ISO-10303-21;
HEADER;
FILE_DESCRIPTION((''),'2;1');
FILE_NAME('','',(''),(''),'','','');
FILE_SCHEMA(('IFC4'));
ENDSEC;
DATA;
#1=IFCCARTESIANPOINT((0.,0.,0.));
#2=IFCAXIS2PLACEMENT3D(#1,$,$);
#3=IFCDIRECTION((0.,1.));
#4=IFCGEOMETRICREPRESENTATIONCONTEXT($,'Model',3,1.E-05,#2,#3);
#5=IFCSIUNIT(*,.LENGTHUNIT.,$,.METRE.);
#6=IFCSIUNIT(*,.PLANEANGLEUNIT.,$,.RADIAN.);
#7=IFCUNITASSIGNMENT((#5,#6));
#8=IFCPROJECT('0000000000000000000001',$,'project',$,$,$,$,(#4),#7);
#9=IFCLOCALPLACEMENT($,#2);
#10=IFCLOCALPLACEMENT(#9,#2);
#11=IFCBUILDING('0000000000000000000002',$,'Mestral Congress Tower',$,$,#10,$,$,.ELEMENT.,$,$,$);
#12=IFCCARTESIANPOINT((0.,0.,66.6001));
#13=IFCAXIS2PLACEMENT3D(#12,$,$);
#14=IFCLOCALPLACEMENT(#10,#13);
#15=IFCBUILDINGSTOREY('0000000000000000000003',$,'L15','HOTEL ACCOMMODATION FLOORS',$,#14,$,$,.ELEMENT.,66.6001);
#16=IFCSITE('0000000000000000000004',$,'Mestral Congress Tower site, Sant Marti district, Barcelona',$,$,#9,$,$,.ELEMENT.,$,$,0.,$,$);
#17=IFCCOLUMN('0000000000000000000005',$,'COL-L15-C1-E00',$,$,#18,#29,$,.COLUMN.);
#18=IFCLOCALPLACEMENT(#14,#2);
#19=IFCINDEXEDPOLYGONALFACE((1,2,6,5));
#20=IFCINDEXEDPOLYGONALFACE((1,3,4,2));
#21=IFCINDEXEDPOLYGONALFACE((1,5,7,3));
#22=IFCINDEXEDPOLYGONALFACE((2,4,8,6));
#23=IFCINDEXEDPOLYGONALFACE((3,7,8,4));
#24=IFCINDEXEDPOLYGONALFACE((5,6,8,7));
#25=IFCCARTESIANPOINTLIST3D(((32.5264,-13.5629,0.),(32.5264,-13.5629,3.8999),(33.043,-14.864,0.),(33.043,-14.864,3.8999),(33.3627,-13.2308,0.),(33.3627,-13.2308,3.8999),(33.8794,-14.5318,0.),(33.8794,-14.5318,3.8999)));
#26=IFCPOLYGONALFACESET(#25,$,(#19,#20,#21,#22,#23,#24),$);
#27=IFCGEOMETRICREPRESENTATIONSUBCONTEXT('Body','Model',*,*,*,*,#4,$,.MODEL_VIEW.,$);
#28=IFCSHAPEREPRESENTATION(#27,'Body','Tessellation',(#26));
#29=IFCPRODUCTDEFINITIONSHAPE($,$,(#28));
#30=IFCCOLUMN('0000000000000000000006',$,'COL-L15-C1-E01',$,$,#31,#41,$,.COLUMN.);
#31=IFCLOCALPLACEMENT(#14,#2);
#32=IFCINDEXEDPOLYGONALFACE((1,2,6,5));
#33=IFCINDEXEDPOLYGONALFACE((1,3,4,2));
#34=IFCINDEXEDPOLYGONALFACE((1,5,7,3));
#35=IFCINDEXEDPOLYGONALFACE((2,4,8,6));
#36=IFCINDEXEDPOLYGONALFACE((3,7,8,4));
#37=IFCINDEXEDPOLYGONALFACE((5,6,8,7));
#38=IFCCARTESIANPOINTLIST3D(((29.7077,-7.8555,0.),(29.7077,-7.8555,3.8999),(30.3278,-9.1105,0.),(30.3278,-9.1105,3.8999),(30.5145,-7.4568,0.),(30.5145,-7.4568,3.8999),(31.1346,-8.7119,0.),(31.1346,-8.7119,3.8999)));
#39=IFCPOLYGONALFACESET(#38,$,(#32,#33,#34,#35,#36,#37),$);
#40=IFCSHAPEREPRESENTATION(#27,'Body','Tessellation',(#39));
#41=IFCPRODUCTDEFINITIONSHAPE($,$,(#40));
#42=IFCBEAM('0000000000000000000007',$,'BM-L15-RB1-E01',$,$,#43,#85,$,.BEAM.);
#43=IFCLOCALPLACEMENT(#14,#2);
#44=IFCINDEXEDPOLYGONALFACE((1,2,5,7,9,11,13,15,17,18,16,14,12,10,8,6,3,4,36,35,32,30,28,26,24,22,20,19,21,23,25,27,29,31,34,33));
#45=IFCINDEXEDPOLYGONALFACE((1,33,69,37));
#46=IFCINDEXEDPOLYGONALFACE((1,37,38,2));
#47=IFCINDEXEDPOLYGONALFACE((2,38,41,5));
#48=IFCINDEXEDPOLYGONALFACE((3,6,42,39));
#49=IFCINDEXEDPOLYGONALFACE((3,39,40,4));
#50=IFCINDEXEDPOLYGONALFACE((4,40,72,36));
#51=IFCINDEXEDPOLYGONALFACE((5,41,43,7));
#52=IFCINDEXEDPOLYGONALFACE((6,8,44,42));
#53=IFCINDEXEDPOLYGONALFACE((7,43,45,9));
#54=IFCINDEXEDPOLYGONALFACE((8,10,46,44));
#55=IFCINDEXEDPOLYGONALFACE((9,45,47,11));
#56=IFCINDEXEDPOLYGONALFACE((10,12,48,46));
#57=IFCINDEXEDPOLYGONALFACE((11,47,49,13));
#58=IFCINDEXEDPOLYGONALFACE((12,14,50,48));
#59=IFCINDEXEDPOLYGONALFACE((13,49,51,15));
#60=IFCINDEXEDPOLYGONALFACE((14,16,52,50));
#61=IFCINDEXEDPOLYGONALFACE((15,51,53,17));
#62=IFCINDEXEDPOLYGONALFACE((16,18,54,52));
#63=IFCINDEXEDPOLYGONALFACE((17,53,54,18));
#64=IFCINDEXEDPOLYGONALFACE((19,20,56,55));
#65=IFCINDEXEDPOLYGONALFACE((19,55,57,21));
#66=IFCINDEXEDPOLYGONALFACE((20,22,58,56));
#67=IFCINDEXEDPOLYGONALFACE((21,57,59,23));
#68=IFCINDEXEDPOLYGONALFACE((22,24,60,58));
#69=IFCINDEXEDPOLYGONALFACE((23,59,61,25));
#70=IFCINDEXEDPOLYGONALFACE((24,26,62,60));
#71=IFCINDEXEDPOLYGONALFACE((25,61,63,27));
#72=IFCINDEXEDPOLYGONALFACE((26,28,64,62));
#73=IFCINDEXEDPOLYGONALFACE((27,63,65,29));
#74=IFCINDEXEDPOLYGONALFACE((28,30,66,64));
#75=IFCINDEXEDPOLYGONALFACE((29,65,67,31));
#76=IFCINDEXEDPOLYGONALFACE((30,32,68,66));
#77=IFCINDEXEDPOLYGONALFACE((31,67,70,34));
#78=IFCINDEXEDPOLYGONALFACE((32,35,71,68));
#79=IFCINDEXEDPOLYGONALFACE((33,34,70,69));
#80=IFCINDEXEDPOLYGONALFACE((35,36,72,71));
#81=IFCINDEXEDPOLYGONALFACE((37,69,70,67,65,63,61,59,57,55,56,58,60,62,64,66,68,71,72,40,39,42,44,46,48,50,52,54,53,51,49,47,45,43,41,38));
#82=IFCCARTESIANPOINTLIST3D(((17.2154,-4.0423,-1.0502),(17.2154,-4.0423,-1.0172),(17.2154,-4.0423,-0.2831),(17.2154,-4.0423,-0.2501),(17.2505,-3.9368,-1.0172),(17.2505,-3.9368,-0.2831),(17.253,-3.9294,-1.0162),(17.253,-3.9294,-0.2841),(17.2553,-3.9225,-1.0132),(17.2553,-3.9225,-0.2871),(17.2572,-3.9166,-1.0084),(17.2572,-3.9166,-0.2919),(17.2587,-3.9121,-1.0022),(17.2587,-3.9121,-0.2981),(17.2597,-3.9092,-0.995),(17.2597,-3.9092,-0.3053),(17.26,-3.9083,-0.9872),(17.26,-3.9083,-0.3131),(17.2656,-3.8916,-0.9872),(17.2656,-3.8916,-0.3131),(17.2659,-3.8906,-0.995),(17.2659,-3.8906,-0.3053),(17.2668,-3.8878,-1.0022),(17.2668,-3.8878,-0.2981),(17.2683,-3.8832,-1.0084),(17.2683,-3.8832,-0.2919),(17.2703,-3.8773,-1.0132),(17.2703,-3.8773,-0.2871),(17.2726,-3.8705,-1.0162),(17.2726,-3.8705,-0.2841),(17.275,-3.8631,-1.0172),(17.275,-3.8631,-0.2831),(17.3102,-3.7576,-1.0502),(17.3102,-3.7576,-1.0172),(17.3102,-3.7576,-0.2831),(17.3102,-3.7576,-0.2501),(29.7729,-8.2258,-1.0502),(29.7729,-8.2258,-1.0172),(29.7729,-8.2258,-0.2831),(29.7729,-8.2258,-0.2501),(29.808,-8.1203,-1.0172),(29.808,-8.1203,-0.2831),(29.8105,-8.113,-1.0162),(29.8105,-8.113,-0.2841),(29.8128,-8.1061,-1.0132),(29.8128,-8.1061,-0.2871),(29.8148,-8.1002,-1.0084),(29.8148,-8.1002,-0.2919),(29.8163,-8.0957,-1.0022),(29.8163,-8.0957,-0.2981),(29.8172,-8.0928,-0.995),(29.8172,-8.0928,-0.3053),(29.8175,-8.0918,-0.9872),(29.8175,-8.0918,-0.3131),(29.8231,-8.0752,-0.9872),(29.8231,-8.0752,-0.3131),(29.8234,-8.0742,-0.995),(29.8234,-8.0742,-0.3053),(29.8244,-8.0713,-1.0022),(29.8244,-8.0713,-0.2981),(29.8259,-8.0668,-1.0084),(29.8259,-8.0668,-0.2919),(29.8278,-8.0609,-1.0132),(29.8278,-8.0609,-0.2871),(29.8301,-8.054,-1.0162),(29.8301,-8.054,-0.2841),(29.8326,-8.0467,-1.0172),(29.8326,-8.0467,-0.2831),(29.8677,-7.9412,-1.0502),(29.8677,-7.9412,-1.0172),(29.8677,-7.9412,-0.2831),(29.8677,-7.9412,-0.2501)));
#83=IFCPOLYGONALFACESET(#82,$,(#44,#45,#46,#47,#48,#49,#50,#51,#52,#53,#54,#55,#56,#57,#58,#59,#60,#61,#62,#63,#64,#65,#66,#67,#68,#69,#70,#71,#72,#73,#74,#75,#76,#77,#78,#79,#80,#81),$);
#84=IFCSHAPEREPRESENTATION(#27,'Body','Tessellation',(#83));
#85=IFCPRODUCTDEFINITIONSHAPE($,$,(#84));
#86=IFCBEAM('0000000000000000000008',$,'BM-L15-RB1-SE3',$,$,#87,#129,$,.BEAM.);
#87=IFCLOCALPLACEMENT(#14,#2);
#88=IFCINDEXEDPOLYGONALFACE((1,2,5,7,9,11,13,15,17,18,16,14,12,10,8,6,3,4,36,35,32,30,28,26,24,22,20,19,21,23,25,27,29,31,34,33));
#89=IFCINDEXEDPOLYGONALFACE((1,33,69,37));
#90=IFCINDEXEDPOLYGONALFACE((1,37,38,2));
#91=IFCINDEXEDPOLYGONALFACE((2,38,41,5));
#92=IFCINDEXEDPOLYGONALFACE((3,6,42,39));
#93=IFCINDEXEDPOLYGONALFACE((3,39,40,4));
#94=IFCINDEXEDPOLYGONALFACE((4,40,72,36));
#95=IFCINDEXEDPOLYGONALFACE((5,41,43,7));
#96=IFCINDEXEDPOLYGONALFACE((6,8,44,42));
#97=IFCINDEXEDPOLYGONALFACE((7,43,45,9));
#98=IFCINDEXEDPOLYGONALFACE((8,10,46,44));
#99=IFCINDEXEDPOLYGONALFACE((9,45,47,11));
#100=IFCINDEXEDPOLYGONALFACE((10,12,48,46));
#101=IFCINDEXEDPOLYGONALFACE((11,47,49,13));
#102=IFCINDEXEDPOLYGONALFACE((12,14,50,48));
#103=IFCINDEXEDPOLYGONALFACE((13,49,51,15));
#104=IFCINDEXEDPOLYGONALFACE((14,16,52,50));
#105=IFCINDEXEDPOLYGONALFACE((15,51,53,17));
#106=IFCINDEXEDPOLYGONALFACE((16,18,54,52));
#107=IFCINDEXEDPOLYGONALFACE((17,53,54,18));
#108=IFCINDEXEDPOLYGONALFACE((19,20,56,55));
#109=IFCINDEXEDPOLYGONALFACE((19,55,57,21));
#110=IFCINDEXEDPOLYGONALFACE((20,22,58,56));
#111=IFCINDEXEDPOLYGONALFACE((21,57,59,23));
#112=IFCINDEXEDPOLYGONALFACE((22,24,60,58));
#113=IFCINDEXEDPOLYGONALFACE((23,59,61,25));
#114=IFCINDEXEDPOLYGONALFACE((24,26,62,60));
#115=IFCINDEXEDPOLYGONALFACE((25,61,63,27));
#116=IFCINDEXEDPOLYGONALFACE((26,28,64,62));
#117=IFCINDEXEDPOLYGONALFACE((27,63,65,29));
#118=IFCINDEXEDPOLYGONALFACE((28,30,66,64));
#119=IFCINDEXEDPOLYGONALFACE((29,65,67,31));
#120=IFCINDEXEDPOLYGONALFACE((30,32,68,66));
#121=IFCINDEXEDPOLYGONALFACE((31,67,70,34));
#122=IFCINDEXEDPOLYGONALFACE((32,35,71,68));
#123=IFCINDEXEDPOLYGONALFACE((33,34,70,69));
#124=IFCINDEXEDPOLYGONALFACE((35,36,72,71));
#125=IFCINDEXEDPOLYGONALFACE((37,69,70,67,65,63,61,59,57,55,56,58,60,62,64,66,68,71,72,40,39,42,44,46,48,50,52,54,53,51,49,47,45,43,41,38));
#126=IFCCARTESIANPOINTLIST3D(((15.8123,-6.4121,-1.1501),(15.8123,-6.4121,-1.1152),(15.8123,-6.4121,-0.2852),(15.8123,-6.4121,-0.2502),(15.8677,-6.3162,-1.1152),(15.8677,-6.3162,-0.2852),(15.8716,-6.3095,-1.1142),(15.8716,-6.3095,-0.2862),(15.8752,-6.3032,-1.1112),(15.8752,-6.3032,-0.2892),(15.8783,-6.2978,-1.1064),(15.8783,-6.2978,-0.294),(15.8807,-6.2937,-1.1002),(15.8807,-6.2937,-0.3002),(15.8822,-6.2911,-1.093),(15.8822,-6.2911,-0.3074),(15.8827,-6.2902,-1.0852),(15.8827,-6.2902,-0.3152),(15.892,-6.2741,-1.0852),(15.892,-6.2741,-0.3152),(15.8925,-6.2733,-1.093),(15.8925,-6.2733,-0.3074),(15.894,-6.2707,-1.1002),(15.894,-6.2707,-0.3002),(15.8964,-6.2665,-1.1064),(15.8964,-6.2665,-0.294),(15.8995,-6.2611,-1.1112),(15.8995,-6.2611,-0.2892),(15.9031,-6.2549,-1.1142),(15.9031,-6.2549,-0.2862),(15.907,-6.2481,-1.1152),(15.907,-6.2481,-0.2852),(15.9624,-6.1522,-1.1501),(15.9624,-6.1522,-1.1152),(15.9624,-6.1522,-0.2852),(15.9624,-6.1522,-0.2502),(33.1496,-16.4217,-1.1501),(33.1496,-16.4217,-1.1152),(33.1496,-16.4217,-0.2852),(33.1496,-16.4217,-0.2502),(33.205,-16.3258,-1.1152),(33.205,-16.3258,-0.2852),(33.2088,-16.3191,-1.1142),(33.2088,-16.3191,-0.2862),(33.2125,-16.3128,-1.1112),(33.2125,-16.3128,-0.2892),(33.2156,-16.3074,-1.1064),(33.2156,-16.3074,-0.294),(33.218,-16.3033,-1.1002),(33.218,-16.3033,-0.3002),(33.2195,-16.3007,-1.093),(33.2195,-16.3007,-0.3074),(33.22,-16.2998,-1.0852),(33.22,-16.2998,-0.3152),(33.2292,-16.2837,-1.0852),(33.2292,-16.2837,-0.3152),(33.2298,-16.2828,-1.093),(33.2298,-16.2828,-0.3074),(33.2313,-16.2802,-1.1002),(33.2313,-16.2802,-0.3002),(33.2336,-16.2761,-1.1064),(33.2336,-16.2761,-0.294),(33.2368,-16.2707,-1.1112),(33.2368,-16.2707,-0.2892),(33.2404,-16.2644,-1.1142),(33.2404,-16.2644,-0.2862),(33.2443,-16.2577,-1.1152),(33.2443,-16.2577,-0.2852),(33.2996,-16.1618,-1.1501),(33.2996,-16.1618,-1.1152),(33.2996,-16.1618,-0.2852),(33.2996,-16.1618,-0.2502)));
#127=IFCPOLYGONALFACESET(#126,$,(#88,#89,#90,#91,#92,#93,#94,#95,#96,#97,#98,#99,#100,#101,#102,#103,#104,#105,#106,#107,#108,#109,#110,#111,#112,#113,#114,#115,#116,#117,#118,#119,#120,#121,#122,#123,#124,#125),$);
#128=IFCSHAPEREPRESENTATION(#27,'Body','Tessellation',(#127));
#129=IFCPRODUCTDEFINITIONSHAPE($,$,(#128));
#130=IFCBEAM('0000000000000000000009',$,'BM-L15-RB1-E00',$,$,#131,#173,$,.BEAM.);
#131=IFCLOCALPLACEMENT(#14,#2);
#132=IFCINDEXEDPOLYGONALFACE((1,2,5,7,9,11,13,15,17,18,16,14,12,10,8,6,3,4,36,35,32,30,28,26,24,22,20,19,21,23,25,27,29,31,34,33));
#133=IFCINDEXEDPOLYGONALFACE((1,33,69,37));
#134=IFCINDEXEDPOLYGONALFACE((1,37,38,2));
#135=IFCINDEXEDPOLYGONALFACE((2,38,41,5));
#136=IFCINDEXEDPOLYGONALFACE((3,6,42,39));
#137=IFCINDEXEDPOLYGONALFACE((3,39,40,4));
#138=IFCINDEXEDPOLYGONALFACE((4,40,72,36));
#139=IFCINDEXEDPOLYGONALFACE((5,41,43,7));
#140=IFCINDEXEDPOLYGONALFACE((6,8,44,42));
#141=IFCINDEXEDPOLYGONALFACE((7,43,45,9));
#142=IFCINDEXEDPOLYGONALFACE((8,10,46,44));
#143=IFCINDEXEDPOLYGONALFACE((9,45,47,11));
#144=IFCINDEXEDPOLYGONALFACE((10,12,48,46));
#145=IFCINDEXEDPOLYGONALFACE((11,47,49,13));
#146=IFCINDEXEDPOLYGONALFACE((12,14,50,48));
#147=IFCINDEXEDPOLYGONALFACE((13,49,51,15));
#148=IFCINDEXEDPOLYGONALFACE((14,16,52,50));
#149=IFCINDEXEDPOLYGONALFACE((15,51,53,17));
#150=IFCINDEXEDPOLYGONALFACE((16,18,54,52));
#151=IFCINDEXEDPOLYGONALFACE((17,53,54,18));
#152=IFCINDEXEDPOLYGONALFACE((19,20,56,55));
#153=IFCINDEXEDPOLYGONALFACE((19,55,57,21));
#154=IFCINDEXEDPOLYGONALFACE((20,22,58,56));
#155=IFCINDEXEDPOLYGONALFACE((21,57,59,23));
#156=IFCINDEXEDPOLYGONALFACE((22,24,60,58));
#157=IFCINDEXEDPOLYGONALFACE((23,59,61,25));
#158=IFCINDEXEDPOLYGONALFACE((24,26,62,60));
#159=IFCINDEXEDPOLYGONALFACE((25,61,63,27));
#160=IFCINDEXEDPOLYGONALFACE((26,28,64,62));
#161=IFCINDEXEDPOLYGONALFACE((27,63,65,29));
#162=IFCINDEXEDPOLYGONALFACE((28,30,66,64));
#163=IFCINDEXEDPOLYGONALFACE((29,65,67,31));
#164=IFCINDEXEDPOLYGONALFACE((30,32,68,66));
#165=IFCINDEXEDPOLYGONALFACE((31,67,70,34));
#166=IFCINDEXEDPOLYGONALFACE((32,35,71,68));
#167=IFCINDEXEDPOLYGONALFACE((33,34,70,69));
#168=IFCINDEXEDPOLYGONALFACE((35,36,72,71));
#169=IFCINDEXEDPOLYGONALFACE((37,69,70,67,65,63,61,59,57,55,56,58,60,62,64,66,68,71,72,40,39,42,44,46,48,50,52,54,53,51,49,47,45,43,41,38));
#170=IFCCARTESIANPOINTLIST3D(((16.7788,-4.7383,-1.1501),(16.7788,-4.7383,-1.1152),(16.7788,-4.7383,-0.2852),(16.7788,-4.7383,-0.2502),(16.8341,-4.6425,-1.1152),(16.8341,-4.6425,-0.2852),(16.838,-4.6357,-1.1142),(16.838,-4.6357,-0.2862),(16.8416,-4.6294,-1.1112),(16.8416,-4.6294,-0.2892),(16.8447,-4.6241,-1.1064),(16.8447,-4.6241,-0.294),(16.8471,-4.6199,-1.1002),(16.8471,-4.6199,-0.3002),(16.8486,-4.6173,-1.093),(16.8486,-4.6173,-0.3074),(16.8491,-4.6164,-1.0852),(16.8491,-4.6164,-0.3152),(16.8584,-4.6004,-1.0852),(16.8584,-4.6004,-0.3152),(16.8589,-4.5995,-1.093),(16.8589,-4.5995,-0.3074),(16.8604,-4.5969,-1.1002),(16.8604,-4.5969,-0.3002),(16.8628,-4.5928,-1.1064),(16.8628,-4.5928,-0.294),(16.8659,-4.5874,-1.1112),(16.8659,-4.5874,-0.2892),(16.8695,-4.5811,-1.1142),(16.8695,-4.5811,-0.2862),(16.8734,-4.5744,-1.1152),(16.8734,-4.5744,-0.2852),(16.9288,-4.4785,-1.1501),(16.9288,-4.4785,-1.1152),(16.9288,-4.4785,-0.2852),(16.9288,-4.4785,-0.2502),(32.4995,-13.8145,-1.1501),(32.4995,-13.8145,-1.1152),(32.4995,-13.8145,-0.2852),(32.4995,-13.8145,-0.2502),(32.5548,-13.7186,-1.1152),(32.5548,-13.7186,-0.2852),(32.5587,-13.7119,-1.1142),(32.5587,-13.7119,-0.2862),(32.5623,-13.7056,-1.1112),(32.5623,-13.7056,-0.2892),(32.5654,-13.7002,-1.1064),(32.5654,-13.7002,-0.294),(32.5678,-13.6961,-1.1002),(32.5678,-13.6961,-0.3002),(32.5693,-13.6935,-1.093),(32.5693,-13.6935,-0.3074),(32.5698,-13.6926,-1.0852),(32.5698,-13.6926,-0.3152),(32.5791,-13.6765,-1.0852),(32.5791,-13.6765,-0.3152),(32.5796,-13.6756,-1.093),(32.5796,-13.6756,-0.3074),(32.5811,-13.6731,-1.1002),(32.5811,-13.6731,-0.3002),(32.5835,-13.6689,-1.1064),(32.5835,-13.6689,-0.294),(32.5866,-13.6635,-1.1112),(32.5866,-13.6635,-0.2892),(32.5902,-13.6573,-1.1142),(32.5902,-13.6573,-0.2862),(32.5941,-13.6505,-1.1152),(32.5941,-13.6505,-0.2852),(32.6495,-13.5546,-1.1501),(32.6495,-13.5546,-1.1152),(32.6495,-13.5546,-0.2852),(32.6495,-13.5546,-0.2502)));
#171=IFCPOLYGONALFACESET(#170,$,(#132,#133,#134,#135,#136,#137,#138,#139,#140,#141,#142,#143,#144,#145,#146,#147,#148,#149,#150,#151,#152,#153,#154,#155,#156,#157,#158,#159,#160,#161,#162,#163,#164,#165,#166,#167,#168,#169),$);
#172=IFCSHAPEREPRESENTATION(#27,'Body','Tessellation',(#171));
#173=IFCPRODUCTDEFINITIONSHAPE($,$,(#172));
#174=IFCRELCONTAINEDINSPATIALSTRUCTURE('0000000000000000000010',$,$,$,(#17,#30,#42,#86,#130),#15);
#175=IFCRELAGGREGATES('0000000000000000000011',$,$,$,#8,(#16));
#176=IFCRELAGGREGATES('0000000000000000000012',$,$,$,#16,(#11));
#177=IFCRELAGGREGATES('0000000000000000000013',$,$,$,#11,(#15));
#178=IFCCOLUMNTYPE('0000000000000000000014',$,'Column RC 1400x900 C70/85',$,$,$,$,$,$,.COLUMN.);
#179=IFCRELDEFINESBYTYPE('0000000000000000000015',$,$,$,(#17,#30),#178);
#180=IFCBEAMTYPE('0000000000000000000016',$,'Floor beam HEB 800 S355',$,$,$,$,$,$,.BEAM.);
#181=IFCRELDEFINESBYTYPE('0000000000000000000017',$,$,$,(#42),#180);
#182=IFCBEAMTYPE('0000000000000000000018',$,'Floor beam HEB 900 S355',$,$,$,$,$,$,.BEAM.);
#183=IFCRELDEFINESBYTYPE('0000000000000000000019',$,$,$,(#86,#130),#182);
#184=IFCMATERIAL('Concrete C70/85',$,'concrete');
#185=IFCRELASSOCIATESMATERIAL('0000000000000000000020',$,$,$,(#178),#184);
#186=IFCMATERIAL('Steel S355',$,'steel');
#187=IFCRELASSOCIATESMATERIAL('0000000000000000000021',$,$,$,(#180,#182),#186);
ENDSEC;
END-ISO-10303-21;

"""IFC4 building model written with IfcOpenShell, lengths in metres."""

from ifc_helpers import new_model, si_unit, direction, frame, origin, origin_2d, place, context, subcontext, project, spatial, rectangle, i_section, extrude, material, material_profile, profile_set, type_object, element, save


model = new_model("IFC4")

# Units and contexts
model_context = context("Model", 3, precision=1e-05, world=origin(), true_north=direction((0.0, 1.0)))
body_context = subcontext(model_context, "Body", "Model", "MODEL_VIEW")
ifc_project = project(units=[si_unit("LENGTHUNIT", "METRE"), si_unit("PLANEANGLEUNIT", "RADIAN")], contexts=[model_context])

# Site, building, storey
site_placement = place(None, origin())
site = spatial("IfcSite", under=ifc_project, at=site_placement, Name="Mestral Congress Tower site, Sant Marti district, Barcelona", CompositionType="ELEMENT", RefElevation=0.0)
building_placement = place(site_placement, origin())
building = spatial("IfcBuilding", under=site, at=building_placement, Name="Mestral Congress Tower", CompositionType="ELEMENT")
storey_placement = place(building_placement, frame((0.0, 0.0, 66.6001)))
storey = spatial("IfcBuildingStorey", under=building, at=storey_placement, Name="L15", Description="HOTEL ACCOMMODATION FLOORS", CompositionType="ELEMENT", Elevation=66.6001)

# Columns
ifc_material_1 = material(Name="Concrete C70/85", Category="concrete")
ifc_material_profile_1 = material_profile(ifc_material_1, rectangle(XDim=1.3999, YDim=0.8999, at=origin_2d()), Name="RC 1400x900")
ifc_profile_set_1 = profile_set([ifc_material_profile_1], Name="Concrete C70/85")
column_type = type_object("IfcColumnType", Name="Column RC 1400x900 C70/85", PredefinedType="COLUMN", material=ifc_profile_set_1)
for number, where, z_axis, x_axis, name in (
    (1, (33.2029, -14.0474, 0.0), (0.0, 0.0, 1.0), (-0.36909, 0.929394, 0.0), "COL-L15-C1-E00"),
    (2, (30.4211, -8.2837, 0.0), (0.0, 0.0, 1.0), (-0.442959, 0.896542, 0.0), "COL-L15-C1-E01"),
):
    element("IfcColumn", number, at=place(storey_placement, frame(where, z_axis=z_axis, x_axis=x_axis)), inside=storey, type_object=column_type, Name=name, PredefinedType="COLUMN", context=body_context, shape_type="SweptSolid", body=[
        extrude(rectangle(XDim=1.3999, YDim=0.8999, at=origin_2d()), origin(), (0.0, 0.0, 1.0), 3.8999),
    ])

# Beams
ifc_material_2 = material(Name="Steel S355", Category="steel")
ifc_material_profile_2 = material_profile(ifc_material_2, i_section(OverallWidth=0.3, OverallDepth=0.8, WebThickness=0.0176, FlangeThickness=0.033, FilletRadius=0.03, at=origin_2d()), Name="HEB 800")
ifc_profile_set_2 = profile_set([ifc_material_profile_2], Name="Steel S355")
beam_type_1 = type_object("IfcBeamType", Name="Floor beam HEB 800 S355", PredefinedType="BEAM", material=ifc_profile_set_2)
beam_1_placement = place(storey_placement, frame((29.8203, -8.0835, -0.6501), z_axis=(-0.948735, 0.316073, 0.0), x_axis=(-0.316073, -0.948735, 0.0)))
element("IfcBeam", 3, at=beam_1_placement, inside=storey, type_object=beam_type_1, Name="BM-L15-RB1-E01", PredefinedType="BEAM", context=body_context, shape_type="SweptSolid", body=[
    extrude(i_section(OverallWidth=0.3, OverallDepth=0.8, WebThickness=0.0176, FlangeThickness=0.033, FilletRadius=0.03, at=origin_2d()), origin(), (0.0, 0.0, 1.0), 13.2361),
])
ifc_material_profile_3 = material_profile(ifc_material_2, i_section(OverallWidth=0.3, OverallDepth=0.8999, WebThickness=0.0186, FlangeThickness=0.0349, FilletRadius=0.03, at=origin_2d()), Name="HEB 900")
ifc_profile_set_3 = profile_set([ifc_material_profile_3], Name="Steel S355")
beam_type_2 = type_object("IfcBeamType", Name="Floor beam HEB 900 S355", PredefinedType="BEAM", material=ifc_profile_set_3)
beam_2_placement = place(storey_placement, frame((33.2246, -16.2917, -0.7002), z_axis=(-0.866027, 0.499997, 0.0), x_axis=(-0.499997, -0.866027, 0.0)))
element("IfcBeam", 4, at=beam_2_placement, inside=storey, type_object=beam_type_2, Name="BM-L15-RB1-SE3", PredefinedType="BEAM", context=body_context, shape_type="SweptSolid", body=[
    extrude(i_section(OverallWidth=0.3, OverallDepth=0.8999, WebThickness=0.0186, FlangeThickness=0.0349, FilletRadius=0.03, at=origin_2d()), origin(), (0.0, 0.0, 1.0), 20.0193),
])
beam_3_placement = place(storey_placement, frame((32.5745, -13.6846, -0.7002), z_axis=(-0.86603, 0.499993, 0.0), x_axis=(-0.499993, -0.86603, 0.0)))
element("IfcBeam", 5, at=beam_3_placement, inside=storey, type_object=beam_type_2, Name="BM-L15-RB1-E00", PredefinedType="BEAM", context=body_context, shape_type="SweptSolid", body=[
    extrude(i_section(OverallWidth=0.3, OverallDepth=0.8999, WebThickness=0.0186, FlangeThickness=0.0349, FilletRadius=0.03, at=origin_2d()), origin(), (0.0, 0.0, 1.0), 18.1526),
])

save(model, "model.ifc")
